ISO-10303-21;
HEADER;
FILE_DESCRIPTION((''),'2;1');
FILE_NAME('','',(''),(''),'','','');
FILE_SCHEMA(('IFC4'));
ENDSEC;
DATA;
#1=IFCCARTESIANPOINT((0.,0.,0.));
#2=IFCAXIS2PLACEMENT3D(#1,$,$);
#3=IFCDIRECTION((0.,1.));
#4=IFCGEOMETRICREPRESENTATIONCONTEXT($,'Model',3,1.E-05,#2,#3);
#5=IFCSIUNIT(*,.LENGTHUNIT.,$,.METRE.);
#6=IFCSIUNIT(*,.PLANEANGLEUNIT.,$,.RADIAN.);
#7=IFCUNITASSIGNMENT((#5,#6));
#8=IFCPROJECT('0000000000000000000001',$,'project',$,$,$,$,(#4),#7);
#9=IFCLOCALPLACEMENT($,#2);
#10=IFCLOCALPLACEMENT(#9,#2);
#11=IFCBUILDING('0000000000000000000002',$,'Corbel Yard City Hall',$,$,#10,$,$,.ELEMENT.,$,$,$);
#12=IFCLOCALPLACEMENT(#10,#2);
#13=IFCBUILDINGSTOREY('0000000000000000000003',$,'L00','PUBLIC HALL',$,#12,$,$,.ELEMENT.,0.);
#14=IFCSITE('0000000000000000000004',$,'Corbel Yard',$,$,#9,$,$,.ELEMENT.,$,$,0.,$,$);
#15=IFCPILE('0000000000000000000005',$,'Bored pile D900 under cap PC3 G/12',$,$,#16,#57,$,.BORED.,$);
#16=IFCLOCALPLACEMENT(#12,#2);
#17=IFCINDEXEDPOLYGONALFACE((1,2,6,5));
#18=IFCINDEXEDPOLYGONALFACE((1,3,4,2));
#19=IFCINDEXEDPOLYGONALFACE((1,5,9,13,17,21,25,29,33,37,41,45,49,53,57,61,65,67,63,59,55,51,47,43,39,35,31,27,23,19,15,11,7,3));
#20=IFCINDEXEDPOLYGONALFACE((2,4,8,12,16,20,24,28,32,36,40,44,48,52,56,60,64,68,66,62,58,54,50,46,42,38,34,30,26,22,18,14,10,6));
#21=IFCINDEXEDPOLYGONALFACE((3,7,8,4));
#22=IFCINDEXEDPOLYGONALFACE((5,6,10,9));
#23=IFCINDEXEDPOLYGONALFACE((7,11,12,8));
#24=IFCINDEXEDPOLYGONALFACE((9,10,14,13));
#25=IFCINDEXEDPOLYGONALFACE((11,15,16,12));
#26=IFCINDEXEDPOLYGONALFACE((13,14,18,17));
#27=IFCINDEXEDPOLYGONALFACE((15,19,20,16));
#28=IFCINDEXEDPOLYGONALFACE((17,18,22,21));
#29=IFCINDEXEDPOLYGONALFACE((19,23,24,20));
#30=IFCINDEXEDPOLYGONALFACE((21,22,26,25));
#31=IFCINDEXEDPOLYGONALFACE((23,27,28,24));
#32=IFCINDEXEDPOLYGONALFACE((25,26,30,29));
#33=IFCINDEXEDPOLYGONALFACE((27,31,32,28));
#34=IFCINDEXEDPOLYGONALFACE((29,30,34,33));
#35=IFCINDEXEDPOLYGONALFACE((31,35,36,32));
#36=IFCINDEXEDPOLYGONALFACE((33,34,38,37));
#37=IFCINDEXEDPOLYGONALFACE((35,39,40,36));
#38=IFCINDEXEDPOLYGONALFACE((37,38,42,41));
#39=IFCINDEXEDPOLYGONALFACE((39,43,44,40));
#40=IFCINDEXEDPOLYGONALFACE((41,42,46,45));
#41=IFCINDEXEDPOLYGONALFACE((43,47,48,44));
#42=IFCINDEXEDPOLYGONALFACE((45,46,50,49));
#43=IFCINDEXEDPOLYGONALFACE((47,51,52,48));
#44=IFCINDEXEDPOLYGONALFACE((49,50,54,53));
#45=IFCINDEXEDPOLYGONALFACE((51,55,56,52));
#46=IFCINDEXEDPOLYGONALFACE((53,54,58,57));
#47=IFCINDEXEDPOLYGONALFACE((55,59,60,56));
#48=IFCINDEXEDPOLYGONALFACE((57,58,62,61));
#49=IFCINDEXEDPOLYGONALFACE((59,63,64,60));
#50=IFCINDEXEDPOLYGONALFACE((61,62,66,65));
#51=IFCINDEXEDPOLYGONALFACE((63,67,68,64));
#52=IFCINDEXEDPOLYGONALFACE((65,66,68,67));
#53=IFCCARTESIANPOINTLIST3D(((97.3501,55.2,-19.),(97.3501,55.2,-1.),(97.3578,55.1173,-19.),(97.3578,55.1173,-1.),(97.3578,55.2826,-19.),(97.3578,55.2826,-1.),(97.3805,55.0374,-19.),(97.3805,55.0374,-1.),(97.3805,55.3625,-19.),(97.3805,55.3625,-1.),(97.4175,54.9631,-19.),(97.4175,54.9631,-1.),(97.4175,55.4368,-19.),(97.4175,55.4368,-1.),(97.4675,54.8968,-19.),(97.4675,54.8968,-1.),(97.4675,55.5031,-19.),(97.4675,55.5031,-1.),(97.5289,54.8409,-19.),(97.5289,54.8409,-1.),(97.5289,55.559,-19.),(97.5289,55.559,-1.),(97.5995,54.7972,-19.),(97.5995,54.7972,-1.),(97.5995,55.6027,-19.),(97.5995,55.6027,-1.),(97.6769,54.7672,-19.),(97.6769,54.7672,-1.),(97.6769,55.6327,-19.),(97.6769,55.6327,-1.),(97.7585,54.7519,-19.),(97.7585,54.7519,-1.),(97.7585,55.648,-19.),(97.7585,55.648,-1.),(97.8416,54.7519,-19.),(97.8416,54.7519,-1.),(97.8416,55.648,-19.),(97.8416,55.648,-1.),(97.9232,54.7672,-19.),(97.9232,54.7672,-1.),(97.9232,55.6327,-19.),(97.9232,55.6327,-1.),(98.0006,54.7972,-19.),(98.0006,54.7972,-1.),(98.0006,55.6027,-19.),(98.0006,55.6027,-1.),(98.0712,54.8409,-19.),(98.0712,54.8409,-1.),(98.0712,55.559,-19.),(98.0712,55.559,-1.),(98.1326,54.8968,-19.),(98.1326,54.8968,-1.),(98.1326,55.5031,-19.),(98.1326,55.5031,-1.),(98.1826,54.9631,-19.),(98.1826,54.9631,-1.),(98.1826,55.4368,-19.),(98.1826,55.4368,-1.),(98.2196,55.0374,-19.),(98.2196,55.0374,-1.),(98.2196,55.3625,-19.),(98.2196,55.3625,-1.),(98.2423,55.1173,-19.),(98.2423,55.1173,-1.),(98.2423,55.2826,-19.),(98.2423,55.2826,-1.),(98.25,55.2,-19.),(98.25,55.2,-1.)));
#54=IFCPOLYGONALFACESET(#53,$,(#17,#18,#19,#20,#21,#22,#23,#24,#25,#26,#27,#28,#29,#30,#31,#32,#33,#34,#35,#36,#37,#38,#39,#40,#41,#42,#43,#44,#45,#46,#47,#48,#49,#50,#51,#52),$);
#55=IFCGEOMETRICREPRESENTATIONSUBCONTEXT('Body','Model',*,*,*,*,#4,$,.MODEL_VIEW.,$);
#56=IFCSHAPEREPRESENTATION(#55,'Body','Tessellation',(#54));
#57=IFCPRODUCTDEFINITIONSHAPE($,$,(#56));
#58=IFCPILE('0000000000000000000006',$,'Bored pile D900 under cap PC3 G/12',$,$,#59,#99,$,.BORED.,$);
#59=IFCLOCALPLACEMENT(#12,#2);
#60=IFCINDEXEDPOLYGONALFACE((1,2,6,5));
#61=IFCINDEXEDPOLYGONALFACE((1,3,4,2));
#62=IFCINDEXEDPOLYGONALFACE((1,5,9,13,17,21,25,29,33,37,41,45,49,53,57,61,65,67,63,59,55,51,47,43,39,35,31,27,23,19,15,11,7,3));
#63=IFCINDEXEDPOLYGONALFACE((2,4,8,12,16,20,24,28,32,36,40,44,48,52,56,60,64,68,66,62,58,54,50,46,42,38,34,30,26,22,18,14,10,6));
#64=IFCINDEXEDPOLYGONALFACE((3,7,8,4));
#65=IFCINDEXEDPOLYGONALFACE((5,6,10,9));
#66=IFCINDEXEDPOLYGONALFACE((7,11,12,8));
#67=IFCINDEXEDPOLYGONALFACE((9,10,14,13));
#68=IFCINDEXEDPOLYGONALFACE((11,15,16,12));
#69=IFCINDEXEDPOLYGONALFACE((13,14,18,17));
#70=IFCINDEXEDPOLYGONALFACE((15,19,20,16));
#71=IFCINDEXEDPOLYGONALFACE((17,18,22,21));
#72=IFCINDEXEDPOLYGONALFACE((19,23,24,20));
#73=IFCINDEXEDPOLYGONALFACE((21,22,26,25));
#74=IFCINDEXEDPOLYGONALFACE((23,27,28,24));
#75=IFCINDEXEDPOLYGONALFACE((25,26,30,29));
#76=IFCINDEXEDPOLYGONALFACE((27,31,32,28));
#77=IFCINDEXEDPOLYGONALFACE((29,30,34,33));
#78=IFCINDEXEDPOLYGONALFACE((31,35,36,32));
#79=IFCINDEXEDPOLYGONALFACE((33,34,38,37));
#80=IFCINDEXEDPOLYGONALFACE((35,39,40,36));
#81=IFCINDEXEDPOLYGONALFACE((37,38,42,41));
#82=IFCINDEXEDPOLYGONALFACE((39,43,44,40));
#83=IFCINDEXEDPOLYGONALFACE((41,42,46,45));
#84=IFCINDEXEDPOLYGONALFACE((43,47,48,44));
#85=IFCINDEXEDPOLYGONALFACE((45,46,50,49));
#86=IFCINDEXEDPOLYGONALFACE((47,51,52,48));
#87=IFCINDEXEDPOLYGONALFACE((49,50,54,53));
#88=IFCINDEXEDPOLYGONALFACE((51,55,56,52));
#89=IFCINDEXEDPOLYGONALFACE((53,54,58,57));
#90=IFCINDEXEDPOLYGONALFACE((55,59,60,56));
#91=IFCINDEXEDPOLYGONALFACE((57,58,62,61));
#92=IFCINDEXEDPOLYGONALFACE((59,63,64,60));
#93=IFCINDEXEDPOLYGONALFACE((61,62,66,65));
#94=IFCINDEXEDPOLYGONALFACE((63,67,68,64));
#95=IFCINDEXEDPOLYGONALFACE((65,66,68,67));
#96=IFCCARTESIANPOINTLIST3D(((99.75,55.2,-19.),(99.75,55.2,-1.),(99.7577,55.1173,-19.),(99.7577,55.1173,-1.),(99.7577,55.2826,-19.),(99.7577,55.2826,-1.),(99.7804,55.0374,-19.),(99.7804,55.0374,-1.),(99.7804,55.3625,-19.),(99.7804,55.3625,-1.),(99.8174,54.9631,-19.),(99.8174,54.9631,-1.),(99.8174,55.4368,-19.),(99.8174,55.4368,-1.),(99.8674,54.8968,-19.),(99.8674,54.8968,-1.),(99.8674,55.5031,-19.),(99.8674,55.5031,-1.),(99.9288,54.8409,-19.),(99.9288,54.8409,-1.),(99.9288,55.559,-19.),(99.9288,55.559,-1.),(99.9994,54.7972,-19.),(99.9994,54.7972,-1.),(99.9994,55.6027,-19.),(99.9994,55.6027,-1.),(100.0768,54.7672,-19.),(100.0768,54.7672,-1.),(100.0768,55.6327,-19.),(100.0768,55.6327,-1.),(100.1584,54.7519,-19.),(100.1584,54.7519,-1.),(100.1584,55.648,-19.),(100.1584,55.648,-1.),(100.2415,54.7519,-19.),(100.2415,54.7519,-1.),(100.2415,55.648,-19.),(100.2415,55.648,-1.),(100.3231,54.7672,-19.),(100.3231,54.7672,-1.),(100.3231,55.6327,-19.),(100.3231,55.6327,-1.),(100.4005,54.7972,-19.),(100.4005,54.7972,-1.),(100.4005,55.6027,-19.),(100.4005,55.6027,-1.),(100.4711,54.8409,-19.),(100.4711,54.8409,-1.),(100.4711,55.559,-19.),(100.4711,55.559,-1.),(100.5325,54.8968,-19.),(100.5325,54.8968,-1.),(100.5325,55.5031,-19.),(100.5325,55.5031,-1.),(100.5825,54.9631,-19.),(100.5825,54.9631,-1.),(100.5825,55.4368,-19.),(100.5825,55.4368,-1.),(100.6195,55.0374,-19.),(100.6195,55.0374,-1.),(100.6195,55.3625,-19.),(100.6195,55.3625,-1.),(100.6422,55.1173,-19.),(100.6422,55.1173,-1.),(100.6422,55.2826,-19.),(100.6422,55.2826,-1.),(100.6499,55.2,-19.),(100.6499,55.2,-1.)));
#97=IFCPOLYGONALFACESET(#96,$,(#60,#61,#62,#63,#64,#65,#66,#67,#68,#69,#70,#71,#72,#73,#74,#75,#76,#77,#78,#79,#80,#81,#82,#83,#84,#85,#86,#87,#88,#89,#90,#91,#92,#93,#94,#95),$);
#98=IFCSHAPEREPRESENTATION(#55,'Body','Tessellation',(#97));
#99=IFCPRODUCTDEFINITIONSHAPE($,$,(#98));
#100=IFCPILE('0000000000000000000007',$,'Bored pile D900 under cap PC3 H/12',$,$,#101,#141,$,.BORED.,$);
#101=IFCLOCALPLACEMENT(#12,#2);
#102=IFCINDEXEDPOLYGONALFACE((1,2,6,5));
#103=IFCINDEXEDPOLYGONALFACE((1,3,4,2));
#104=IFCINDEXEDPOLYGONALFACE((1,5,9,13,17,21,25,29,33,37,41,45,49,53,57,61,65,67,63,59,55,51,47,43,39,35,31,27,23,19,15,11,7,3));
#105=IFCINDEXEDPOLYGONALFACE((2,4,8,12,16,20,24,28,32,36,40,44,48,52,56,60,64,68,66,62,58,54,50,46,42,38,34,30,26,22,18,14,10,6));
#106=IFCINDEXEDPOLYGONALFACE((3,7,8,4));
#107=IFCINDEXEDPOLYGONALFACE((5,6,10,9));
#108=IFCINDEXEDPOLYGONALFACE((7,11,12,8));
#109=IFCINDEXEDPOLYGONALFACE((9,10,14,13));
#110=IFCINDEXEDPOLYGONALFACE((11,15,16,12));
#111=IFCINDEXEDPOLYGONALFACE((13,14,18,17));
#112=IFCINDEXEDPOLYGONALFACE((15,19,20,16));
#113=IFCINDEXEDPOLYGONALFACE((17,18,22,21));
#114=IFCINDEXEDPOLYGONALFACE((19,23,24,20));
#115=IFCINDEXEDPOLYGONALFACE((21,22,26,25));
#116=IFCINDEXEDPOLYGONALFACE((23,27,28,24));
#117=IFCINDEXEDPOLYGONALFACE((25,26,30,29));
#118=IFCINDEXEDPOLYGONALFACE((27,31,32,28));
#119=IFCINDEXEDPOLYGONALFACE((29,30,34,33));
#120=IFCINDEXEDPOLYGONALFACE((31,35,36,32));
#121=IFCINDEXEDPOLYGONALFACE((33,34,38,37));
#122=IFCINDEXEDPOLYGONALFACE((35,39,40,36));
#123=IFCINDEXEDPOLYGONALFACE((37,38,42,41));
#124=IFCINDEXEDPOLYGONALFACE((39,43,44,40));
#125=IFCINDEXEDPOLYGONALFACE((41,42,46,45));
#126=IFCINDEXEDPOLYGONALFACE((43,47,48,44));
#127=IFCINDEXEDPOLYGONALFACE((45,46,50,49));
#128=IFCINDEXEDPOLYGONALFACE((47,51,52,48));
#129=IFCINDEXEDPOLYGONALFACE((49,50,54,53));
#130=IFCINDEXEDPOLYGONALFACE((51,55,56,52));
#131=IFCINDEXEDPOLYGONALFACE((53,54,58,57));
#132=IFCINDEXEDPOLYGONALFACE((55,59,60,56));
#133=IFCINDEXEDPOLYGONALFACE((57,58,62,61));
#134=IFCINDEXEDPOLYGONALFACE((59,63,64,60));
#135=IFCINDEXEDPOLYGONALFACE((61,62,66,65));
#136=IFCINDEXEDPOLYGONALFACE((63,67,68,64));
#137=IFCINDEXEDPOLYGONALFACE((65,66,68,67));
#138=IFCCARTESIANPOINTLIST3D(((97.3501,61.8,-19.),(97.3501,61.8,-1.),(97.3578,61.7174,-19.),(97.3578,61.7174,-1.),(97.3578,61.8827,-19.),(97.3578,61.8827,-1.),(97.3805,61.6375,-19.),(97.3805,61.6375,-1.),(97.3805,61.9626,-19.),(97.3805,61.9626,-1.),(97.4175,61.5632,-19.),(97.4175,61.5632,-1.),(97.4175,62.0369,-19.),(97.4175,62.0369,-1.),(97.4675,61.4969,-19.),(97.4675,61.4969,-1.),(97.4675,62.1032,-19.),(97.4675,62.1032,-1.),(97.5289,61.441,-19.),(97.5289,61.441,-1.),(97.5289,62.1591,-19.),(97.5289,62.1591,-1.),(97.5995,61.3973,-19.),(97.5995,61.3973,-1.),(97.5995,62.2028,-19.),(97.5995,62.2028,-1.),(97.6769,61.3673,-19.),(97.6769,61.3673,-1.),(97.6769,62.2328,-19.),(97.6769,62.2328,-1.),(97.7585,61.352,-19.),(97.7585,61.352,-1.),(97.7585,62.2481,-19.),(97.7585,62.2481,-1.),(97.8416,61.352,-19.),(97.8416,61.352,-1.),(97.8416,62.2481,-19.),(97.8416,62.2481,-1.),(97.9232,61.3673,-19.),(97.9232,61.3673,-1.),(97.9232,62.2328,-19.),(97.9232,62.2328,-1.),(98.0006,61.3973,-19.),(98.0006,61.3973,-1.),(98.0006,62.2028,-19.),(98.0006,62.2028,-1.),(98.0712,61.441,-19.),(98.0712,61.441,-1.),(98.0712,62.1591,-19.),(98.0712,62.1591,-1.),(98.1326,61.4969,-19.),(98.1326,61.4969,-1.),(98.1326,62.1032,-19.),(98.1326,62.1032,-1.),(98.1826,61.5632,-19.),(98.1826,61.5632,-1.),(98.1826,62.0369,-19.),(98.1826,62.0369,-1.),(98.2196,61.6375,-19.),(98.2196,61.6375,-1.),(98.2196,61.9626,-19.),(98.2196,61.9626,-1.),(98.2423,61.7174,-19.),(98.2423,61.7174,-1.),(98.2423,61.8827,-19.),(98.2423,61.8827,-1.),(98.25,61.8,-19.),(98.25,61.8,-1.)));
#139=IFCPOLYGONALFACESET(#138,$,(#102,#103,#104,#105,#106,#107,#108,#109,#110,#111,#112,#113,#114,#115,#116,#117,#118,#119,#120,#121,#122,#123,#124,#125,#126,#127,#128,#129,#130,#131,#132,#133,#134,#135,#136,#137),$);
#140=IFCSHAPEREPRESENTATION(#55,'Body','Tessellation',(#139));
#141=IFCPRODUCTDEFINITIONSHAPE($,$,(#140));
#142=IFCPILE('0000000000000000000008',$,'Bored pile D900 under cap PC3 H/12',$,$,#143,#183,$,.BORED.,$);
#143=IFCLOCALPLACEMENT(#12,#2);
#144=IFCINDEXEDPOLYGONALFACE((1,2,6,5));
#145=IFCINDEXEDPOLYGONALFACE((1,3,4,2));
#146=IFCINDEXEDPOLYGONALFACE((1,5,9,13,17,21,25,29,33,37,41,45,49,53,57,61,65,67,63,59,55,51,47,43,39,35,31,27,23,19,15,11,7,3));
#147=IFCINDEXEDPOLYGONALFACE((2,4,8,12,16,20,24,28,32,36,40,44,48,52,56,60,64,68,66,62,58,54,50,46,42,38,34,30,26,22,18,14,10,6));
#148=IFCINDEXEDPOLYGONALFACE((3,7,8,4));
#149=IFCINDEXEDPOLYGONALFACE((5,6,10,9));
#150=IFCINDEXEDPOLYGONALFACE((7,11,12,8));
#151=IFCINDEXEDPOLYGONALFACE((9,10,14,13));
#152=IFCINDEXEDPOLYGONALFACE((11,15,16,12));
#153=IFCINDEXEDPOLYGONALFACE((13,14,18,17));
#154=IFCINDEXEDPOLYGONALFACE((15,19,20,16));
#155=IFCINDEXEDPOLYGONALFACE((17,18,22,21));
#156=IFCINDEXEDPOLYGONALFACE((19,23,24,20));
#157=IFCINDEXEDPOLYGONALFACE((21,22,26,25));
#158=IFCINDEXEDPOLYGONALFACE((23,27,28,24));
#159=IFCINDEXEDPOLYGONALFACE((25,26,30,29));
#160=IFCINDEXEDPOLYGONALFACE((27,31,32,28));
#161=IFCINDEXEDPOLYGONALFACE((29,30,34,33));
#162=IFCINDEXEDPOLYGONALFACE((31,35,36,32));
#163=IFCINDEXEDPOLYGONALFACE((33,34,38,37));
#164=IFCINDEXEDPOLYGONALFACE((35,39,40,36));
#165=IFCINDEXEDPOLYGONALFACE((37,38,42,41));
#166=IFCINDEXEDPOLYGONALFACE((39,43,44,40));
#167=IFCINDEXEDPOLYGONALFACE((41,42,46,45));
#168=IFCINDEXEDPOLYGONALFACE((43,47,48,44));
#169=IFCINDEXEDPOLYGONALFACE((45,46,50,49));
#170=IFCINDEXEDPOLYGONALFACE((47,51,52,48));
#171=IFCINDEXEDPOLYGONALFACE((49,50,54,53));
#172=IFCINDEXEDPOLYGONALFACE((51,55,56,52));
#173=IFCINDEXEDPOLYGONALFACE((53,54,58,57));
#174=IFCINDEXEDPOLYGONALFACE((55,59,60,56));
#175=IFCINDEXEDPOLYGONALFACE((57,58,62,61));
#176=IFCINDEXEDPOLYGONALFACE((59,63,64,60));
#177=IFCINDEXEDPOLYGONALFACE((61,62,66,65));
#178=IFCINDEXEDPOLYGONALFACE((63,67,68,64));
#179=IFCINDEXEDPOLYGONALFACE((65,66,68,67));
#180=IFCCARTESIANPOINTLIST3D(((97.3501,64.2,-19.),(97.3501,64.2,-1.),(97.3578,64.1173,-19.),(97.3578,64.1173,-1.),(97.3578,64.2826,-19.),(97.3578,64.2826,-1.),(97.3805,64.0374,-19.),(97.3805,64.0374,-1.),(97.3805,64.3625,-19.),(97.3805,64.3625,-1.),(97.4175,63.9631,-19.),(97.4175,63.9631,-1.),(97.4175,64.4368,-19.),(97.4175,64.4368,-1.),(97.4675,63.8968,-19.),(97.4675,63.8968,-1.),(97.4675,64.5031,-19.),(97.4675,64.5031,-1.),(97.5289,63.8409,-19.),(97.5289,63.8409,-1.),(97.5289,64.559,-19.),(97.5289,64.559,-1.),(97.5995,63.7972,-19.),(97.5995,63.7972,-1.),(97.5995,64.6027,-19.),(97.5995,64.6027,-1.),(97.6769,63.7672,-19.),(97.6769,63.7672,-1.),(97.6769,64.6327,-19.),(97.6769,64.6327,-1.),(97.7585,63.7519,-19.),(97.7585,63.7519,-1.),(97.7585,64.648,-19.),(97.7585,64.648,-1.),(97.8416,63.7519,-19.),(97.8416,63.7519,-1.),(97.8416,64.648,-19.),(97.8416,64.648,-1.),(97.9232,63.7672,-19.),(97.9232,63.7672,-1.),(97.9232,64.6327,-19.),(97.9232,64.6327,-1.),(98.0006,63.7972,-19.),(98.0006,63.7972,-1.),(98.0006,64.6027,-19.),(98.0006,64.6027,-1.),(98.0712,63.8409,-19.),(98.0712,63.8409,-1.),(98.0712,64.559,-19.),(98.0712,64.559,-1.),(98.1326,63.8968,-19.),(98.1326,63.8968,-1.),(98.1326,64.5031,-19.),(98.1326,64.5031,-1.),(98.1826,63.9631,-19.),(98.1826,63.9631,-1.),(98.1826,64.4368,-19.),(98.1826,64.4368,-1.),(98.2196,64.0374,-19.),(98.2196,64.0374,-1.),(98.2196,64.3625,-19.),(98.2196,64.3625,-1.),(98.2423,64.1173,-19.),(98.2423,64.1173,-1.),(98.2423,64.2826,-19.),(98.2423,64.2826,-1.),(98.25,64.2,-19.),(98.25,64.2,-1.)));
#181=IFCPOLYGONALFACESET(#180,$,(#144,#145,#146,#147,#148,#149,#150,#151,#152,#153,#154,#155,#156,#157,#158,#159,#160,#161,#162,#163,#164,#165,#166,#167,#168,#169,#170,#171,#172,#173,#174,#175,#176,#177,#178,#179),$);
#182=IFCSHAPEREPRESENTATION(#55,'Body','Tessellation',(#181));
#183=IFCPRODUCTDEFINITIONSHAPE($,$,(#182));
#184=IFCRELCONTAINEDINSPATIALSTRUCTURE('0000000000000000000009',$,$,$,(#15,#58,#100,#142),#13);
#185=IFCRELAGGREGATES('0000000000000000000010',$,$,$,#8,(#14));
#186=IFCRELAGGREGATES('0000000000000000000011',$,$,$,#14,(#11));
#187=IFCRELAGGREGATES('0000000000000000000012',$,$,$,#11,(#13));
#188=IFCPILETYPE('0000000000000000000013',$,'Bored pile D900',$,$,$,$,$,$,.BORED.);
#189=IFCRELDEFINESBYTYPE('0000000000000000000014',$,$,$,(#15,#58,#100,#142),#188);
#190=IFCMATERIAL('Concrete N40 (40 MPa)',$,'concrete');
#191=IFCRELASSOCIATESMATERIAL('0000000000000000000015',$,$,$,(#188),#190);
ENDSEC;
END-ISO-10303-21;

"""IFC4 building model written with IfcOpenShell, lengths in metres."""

from ifc_helpers import new_model, si_unit, direction, frame, origin, origin_2d, place, context, subcontext, project, spatial, circle, extrude, material, material_profile, profile_set, type_object, element, save


model = new_model("IFC4")

# Units and contexts
model_context = context("Model", 3, precision=1e-05, world=origin(), true_north=direction((0.0, 1.0)))
body_context = subcontext(model_context, "Body", "Model", "MODEL_VIEW")
ifc_project = project(units=[si_unit("LENGTHUNIT", "METRE"), si_unit("PLANEANGLEUNIT", "RADIAN")], contexts=[model_context])

# Site, building, storey
site_placement = place(None, origin())
site = spatial("IfcSite", under=ifc_project, at=site_placement, Name="Corbel Yard", CompositionType="ELEMENT", RefElevation=0.0)
building_placement = place(site_placement, origin())
building = spatial("IfcBuilding", under=site, at=building_placement, Name="Corbel Yard City Hall", CompositionType="ELEMENT")
storey_placement = place(building_placement, origin())
storey = spatial("IfcBuildingStorey", under=building, at=storey_placement, Name="L00", Description="PUBLIC HALL", CompositionType="ELEMENT", Elevation=0.0)

# Piles
ifc_material_1 = material(Name="Concrete N40 (40 MPa)", Category="concrete")
ifc_material_profile_1 = material_profile(ifc_material_1, circle(Radius=0.45, at=origin_2d()), Name="D900")
ifc_profile_set_1 = profile_set([ifc_material_profile_1], Name="Concrete N40 (40 MPa)")
pile_type = type_object("IfcPileType", Name="Bored pile D900", PredefinedType="BORED", material=ifc_profile_set_1)
for number, where, z_axis, x_axis, name in (
    (1, (97.8, 55.2, -1.0), (0.0, 0.0, -1.0), (1.0, 0.0, 0.0), "Bored pile D900 under cap PC3 G/12"),
    (2, (100.2, 55.2, -1.0), (0.0, 0.0, -1.0), (1.0, 0.0, 0.0), "Bored pile D900 under cap PC3 G/12"),
    (3, (97.8, 61.8, -1.0), (0.0, 0.0, -1.0), (1.0, 0.0, 0.0), "Bored pile D900 under cap PC3 H/12"),
    (4, (97.8, 64.2, -1.0), (0.0, 0.0, -1.0), (1.0, 0.0, 0.0), "Bored pile D900 under cap PC3 H/12"),
):
    element("IfcPile", number, at=place(storey_placement, frame(where, z_axis=z_axis, x_axis=x_axis)), inside=storey, type_object=pile_type, Name=name, PredefinedType="BORED", context=body_context, shape_type="SweptSolid", body=[
        extrude(circle(Radius=0.45, at=origin_2d()), origin(), (0.0, 0.0, 1.0), 18.0),
    ])

save(model, "model.ifc")
